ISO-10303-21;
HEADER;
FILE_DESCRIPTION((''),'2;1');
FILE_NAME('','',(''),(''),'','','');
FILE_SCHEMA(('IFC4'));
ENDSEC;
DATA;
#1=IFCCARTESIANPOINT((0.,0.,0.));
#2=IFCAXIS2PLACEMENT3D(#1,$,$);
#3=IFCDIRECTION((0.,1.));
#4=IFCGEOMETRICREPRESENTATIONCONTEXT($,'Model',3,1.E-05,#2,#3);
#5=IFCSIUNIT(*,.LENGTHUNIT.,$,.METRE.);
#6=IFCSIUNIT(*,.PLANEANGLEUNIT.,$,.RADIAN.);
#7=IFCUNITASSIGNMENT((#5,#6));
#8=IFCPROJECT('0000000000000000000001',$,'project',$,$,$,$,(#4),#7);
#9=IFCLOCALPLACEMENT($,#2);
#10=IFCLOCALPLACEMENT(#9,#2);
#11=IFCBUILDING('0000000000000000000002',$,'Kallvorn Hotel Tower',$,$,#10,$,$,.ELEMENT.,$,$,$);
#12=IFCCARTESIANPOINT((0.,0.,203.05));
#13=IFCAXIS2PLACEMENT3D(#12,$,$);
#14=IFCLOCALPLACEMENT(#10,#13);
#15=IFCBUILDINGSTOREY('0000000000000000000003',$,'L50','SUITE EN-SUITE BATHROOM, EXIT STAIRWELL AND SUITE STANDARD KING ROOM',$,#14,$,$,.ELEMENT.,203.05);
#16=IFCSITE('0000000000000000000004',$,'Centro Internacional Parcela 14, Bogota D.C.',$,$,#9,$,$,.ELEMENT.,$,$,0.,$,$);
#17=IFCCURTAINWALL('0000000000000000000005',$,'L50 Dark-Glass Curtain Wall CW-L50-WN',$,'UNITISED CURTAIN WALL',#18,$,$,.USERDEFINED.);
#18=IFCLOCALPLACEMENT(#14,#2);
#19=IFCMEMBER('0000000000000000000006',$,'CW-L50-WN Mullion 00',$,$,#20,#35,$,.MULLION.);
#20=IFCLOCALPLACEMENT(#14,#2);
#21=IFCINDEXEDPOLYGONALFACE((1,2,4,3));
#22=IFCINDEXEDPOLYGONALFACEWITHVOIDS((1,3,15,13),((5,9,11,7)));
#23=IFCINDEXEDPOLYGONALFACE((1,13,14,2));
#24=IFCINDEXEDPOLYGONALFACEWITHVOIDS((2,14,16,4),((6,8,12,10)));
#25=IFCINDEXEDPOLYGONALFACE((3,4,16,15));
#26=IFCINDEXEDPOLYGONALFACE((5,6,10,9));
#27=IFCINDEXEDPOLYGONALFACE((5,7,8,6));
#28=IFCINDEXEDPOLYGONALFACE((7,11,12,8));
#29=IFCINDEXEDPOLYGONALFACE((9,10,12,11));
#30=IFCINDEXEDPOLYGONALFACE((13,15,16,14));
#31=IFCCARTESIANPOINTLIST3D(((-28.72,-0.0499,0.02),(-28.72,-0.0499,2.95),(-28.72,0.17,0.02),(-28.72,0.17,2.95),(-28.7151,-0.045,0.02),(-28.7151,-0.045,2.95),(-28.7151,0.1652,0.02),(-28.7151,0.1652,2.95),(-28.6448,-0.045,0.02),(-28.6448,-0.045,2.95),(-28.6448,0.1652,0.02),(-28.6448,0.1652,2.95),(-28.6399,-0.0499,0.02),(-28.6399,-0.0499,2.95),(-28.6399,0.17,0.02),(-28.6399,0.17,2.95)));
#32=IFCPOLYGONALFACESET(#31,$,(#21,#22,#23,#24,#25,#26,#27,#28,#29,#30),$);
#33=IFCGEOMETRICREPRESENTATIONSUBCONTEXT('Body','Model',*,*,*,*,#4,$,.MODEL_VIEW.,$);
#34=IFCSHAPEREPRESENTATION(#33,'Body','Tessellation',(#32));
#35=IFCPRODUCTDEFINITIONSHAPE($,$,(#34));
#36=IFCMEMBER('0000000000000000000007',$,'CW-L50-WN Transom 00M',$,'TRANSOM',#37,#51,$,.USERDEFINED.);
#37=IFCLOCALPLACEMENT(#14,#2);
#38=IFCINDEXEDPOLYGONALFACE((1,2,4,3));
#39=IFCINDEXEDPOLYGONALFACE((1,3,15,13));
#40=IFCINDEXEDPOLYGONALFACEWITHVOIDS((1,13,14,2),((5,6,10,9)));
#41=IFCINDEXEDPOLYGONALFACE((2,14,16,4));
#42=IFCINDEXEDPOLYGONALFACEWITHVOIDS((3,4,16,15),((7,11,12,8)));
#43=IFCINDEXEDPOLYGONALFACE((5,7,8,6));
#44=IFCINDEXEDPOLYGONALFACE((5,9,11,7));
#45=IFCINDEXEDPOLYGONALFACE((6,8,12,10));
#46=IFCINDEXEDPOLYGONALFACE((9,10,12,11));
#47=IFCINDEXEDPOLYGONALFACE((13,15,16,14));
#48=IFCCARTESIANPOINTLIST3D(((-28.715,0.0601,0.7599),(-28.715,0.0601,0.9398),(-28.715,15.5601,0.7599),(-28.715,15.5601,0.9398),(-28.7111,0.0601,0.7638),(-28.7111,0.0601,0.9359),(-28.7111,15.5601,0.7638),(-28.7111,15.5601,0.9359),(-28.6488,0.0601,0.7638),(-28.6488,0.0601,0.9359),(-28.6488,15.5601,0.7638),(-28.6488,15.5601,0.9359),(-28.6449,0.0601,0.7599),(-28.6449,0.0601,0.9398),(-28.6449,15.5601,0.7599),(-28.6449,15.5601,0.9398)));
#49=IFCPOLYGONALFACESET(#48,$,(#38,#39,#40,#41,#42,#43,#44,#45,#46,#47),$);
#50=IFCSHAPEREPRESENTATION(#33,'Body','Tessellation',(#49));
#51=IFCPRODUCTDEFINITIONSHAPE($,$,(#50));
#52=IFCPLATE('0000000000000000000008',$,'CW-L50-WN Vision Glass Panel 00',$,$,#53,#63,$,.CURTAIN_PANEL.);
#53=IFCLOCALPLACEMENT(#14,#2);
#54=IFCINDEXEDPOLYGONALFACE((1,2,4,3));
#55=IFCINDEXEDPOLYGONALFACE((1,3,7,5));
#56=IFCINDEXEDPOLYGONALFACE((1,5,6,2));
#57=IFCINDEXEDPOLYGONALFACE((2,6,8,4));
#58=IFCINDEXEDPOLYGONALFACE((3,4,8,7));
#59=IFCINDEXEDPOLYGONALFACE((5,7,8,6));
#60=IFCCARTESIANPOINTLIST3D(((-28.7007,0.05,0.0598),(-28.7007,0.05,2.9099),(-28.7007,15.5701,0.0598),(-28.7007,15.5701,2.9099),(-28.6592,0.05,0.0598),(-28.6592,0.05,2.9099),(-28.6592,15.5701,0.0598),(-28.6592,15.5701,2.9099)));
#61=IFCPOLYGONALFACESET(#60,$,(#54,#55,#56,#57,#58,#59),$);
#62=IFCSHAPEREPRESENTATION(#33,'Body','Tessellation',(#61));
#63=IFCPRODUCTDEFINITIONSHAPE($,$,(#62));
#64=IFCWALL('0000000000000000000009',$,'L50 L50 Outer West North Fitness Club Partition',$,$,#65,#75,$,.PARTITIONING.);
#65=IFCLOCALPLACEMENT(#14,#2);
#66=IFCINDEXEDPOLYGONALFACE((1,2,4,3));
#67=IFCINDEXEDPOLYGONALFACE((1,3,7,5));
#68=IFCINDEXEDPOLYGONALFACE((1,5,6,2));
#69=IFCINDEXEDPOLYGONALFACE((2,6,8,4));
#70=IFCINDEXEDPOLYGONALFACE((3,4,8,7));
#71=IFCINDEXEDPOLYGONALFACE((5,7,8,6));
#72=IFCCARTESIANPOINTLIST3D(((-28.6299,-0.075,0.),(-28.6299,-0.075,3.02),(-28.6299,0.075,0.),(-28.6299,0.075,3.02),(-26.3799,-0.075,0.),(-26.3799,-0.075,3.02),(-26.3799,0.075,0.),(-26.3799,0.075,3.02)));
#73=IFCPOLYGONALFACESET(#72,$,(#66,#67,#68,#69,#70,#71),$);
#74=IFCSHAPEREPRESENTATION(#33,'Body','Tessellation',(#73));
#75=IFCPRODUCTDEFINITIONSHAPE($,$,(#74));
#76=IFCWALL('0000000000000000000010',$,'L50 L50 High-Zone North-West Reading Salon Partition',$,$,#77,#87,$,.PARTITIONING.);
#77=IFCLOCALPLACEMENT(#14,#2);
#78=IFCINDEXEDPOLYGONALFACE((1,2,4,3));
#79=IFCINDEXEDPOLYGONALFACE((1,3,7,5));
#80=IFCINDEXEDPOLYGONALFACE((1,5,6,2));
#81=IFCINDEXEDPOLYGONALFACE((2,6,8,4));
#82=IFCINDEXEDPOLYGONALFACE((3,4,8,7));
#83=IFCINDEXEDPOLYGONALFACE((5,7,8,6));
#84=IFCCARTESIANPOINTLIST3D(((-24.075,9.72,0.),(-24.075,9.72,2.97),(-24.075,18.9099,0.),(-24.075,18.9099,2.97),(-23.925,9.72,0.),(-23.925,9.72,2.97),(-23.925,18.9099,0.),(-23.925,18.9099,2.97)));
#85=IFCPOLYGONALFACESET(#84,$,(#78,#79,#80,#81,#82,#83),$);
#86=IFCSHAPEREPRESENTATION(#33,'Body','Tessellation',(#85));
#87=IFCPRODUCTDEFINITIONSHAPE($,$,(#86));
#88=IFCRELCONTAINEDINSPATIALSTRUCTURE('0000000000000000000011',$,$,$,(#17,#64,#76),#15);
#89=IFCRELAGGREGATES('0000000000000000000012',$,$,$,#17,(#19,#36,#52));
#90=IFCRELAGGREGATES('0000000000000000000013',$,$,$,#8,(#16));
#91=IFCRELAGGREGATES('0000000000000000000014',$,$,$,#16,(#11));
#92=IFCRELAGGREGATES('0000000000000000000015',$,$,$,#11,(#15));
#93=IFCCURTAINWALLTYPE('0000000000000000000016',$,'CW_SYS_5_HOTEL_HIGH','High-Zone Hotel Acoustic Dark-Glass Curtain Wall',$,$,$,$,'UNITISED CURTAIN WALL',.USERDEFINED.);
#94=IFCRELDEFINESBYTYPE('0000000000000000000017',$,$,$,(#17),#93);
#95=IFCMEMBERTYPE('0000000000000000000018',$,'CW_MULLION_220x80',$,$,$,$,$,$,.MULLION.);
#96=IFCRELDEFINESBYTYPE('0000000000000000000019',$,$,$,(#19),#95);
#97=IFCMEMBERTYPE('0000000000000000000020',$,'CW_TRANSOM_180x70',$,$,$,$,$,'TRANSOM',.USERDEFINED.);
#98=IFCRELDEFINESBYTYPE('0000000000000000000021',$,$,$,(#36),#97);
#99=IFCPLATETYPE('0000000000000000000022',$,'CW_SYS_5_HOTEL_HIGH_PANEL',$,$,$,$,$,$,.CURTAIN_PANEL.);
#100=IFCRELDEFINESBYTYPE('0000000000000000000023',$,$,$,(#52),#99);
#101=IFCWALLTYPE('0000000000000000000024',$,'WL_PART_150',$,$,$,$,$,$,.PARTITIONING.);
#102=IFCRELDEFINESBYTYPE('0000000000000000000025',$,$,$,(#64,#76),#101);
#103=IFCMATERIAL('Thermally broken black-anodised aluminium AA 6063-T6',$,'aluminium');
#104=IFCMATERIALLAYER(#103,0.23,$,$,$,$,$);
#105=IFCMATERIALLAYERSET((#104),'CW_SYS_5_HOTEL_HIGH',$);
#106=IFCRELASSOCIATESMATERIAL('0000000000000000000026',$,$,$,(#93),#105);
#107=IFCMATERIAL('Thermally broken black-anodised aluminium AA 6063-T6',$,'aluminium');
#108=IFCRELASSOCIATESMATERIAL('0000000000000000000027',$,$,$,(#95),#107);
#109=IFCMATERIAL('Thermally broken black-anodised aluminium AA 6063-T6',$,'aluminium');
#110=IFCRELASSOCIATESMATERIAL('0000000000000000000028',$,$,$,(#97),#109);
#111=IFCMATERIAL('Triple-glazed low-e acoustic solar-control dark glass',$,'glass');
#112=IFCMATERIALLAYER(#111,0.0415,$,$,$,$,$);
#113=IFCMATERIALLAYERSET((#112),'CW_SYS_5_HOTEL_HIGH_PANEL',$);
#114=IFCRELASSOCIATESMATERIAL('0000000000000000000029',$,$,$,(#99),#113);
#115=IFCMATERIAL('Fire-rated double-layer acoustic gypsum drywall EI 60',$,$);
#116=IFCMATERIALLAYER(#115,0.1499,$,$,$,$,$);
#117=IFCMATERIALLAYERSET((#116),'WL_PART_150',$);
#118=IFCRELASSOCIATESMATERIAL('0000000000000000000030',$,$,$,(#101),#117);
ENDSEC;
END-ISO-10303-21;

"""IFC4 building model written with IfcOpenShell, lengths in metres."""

from ifc_helpers import new_model, si_unit, direction, frame, frame_2d, origin, origin_2d, place, context, subcontext, project, spatial, rectangle, hollow_rectangle, extrude, material, layer, layer_set, material_profile, profile_set, type_object, element, aggregate, save


model = new_model("IFC4")

# Units and contexts
model_context = context("Model", 3, precision=1e-05, world=origin(), true_north=direction((0.0, 1.0)))
body_context = subcontext(model_context, "Body", "Model", "MODEL_VIEW")
ifc_project = project(units=[si_unit("LENGTHUNIT", "METRE"), si_unit("PLANEANGLEUNIT", "RADIAN")], contexts=[model_context])

# Site, building, storey
site_placement = place(None, origin())
site = spatial("IfcSite", under=ifc_project, at=site_placement, Name="Centro Internacional Parcela 14, Bogota D.C.", CompositionType="ELEMENT", RefElevation=0.0)
building_placement = place(site_placement, origin())
building = spatial("IfcBuilding", under=site, at=building_placement, Name="Kallvorn Hotel Tower", CompositionType="ELEMENT")
storey_placement = place(building_placement, frame((0.0, 0.0, 203.05)))
storey = spatial("IfcBuildingStorey", under=building, at=storey_placement, Name="L50", Description="SUITE EN-SUITE BATHROOM, EXIT STAIRWELL AND SUITE STANDARD KING ROOM", CompositionType="ELEMENT", Elevation=203.05)

# Curtain wall, members, plate
ifc_material_1 = material(Name="Thermally broken black-anodised aluminium AA 6063-T6", Category="aluminium")
ifc_layer_1 = layer(ifc_material_1, 0.23)
ifc_layer_set_1 = layer_set([ifc_layer_1], Name="CW_SYS_5_HOTEL_HIGH")
curtain_wall_type = type_object("IfcCurtainWallType", Name="CW_SYS_5_HOTEL_HIGH", Description="High-Zone Hotel Acoustic Dark-Glass Curtain Wall", ElementType="UNITISED CURTAIN WALL", PredefinedType="USERDEFINED", material=ifc_layer_set_1)
curtain_wall_placement = place(storey_placement, origin())
curtain_wall = element("IfcCurtainWall", 1, at=curtain_wall_placement, inside=storey, type_object=curtain_wall_type, Name="L50 Dark-Glass Curtain Wall CW-L50-WN", ObjectType="UNITISED CURTAIN WALL", PredefinedType="USERDEFINED")
ifc_material_2 = material(Name="Thermally broken black-anodised aluminium AA 6063-T6", Category="aluminium")
ifc_material_profile_1 = material_profile(ifc_material_2, hollow_rectangle(XDim=0.0801, YDim=0.22, WallThickness=0.0049, at=origin_2d()), Name="MUL 220x80")
ifc_profile_set_1 = profile_set([ifc_material_profile_1], Name="Thermally broken black-anodised aluminium AA 6063-T6")
member_type_1 = type_object("IfcMemberType", Name="CW_MULLION_220x80", PredefinedType="MULLION", material=ifc_profile_set_1)
member_1_placement = place(storey_placement, frame((-28.6799, 0.0601, 0.02), z_axis=(0.0, 0.0, 1.0), x_axis=(1.0, 0.0, 0.0)))
member_1 = element("IfcMember", 2, at=member_1_placement, type_object=member_type_1, Name="CW-L50-WN Mullion 00", PredefinedType="MULLION", context=body_context, shape_type="SweptSolid", body=[
    extrude(hollow_rectangle(XDim=0.0801, YDim=0.22, WallThickness=0.0049, at=origin_2d()), origin(), (0.0, 0.0, 1.0), 2.9299),
])
ifc_material_3 = material(Name="Thermally broken black-anodised aluminium AA 6063-T6", Category="aluminium")
ifc_material_profile_2 = material_profile(ifc_material_3, hollow_rectangle(XDim=0.0701, YDim=0.1799, WallThickness=0.0039, at=origin_2d()), Name="TRN 180x70")
ifc_profile_set_2 = profile_set([ifc_material_profile_2], Name="Thermally broken black-anodised aluminium AA 6063-T6")
member_type_2 = type_object("IfcMemberType", Name="CW_TRANSOM_180x70", ElementType="TRANSOM", PredefinedType="USERDEFINED", material=ifc_profile_set_2)
member_2_placement = place(storey_placement, frame((-28.6799, 0.0601, 0.8499), z_axis=(0.0, 1.0, 0.0), x_axis=(-1.0, 0.0, 0.0)))
member_2 = element("IfcMember", 3, at=member_2_placement, type_object=member_type_2, Name="CW-L50-WN Transom 00M", ObjectType="TRANSOM", PredefinedType="USERDEFINED", context=body_context, shape_type="SweptSolid", body=[
    extrude(hollow_rectangle(XDim=0.0701, YDim=0.1799, WallThickness=0.0039, at=origin_2d()), origin(), (0.0, 0.0, 1.0), 15.5),
])
ifc_material_4 = material(Name="Triple-glazed low-e acoustic solar-control dark glass", Category="glass")
ifc_layer_2 = layer(ifc_material_4, 0.0415)
ifc_layer_set_2 = layer_set([ifc_layer_2], Name="CW_SYS_5_HOTEL_HIGH_PANEL")
plate_type = type_object("IfcPlateType", Name="CW_SYS_5_HOTEL_HIGH_PANEL", PredefinedType="CURTAIN_PANEL", material=ifc_layer_set_2)
plate_placement = place(storey_placement, frame((-28.6799, 7.8101, 0.0598), z_axis=(0.0, 0.0, 1.0), x_axis=(0.0, 1.0, 0.0)))
plate = element("IfcPlate", 4, at=plate_placement, type_object=plate_type, Name="CW-L50-WN Vision Glass Panel 00", PredefinedType="CURTAIN_PANEL", context=body_context, shape_type="SweptSolid", body=[
    extrude(rectangle(XDim=15.52, YDim=0.0415, at=origin_2d()), origin(), (0.0, 0.0, 1.0), 2.8501),
])
aggregate(curtain_wall, [member_1, member_2, plate])

# Walls
ifc_material_5 = material(Name="Fire-rated double-layer acoustic gypsum drywall EI 60")
ifc_layer_3 = layer(ifc_material_5, 0.1499)
ifc_layer_set_3 = layer_set([ifc_layer_3], Name="WL_PART_150")
wall_type = type_object("IfcWallType", Name="WL_PART_150", PredefinedType="PARTITIONING", material=ifc_layer_set_3)
wall_1_placement = place(storey_placement, frame((-28.6299, 0.0, 0.0), z_axis=(0.0, 0.0, 1.0), x_axis=(1.0, 0.0, 0.0)))
element("IfcWall", 5, at=wall_1_placement, inside=storey, type_object=wall_type, Name="L50 L50 Outer West North Fitness Club Partition", PredefinedType="PARTITIONING", context=body_context, shape_type="SweptSolid", body=[
    extrude(rectangle(XDim=2.25, YDim=0.1499, at=frame_2d((1.125, 0.0))), origin(), (0.0, 0.0, 1.0), 3.02),
])
wall_2_placement = place(storey_placement, frame((-24.0, 9.72, 0.0), z_axis=(0.0, 0.0, 1.0), x_axis=(0.0, 1.0, 0.0)))
element("IfcWall", 6, at=wall_2_placement, inside=storey, type_object=wall_type, Name="L50 L50 High-Zone North-West Reading Salon Partition", PredefinedType="PARTITIONING", context=body_context, shape_type="SweptSolid", body=[
    extrude(rectangle(XDim=9.1899, YDim=0.1499, at=frame_2d((4.595, 0.0))), origin(), (0.0, 0.0, 1.0), 2.97),
])

save(model, "model.ifc")
